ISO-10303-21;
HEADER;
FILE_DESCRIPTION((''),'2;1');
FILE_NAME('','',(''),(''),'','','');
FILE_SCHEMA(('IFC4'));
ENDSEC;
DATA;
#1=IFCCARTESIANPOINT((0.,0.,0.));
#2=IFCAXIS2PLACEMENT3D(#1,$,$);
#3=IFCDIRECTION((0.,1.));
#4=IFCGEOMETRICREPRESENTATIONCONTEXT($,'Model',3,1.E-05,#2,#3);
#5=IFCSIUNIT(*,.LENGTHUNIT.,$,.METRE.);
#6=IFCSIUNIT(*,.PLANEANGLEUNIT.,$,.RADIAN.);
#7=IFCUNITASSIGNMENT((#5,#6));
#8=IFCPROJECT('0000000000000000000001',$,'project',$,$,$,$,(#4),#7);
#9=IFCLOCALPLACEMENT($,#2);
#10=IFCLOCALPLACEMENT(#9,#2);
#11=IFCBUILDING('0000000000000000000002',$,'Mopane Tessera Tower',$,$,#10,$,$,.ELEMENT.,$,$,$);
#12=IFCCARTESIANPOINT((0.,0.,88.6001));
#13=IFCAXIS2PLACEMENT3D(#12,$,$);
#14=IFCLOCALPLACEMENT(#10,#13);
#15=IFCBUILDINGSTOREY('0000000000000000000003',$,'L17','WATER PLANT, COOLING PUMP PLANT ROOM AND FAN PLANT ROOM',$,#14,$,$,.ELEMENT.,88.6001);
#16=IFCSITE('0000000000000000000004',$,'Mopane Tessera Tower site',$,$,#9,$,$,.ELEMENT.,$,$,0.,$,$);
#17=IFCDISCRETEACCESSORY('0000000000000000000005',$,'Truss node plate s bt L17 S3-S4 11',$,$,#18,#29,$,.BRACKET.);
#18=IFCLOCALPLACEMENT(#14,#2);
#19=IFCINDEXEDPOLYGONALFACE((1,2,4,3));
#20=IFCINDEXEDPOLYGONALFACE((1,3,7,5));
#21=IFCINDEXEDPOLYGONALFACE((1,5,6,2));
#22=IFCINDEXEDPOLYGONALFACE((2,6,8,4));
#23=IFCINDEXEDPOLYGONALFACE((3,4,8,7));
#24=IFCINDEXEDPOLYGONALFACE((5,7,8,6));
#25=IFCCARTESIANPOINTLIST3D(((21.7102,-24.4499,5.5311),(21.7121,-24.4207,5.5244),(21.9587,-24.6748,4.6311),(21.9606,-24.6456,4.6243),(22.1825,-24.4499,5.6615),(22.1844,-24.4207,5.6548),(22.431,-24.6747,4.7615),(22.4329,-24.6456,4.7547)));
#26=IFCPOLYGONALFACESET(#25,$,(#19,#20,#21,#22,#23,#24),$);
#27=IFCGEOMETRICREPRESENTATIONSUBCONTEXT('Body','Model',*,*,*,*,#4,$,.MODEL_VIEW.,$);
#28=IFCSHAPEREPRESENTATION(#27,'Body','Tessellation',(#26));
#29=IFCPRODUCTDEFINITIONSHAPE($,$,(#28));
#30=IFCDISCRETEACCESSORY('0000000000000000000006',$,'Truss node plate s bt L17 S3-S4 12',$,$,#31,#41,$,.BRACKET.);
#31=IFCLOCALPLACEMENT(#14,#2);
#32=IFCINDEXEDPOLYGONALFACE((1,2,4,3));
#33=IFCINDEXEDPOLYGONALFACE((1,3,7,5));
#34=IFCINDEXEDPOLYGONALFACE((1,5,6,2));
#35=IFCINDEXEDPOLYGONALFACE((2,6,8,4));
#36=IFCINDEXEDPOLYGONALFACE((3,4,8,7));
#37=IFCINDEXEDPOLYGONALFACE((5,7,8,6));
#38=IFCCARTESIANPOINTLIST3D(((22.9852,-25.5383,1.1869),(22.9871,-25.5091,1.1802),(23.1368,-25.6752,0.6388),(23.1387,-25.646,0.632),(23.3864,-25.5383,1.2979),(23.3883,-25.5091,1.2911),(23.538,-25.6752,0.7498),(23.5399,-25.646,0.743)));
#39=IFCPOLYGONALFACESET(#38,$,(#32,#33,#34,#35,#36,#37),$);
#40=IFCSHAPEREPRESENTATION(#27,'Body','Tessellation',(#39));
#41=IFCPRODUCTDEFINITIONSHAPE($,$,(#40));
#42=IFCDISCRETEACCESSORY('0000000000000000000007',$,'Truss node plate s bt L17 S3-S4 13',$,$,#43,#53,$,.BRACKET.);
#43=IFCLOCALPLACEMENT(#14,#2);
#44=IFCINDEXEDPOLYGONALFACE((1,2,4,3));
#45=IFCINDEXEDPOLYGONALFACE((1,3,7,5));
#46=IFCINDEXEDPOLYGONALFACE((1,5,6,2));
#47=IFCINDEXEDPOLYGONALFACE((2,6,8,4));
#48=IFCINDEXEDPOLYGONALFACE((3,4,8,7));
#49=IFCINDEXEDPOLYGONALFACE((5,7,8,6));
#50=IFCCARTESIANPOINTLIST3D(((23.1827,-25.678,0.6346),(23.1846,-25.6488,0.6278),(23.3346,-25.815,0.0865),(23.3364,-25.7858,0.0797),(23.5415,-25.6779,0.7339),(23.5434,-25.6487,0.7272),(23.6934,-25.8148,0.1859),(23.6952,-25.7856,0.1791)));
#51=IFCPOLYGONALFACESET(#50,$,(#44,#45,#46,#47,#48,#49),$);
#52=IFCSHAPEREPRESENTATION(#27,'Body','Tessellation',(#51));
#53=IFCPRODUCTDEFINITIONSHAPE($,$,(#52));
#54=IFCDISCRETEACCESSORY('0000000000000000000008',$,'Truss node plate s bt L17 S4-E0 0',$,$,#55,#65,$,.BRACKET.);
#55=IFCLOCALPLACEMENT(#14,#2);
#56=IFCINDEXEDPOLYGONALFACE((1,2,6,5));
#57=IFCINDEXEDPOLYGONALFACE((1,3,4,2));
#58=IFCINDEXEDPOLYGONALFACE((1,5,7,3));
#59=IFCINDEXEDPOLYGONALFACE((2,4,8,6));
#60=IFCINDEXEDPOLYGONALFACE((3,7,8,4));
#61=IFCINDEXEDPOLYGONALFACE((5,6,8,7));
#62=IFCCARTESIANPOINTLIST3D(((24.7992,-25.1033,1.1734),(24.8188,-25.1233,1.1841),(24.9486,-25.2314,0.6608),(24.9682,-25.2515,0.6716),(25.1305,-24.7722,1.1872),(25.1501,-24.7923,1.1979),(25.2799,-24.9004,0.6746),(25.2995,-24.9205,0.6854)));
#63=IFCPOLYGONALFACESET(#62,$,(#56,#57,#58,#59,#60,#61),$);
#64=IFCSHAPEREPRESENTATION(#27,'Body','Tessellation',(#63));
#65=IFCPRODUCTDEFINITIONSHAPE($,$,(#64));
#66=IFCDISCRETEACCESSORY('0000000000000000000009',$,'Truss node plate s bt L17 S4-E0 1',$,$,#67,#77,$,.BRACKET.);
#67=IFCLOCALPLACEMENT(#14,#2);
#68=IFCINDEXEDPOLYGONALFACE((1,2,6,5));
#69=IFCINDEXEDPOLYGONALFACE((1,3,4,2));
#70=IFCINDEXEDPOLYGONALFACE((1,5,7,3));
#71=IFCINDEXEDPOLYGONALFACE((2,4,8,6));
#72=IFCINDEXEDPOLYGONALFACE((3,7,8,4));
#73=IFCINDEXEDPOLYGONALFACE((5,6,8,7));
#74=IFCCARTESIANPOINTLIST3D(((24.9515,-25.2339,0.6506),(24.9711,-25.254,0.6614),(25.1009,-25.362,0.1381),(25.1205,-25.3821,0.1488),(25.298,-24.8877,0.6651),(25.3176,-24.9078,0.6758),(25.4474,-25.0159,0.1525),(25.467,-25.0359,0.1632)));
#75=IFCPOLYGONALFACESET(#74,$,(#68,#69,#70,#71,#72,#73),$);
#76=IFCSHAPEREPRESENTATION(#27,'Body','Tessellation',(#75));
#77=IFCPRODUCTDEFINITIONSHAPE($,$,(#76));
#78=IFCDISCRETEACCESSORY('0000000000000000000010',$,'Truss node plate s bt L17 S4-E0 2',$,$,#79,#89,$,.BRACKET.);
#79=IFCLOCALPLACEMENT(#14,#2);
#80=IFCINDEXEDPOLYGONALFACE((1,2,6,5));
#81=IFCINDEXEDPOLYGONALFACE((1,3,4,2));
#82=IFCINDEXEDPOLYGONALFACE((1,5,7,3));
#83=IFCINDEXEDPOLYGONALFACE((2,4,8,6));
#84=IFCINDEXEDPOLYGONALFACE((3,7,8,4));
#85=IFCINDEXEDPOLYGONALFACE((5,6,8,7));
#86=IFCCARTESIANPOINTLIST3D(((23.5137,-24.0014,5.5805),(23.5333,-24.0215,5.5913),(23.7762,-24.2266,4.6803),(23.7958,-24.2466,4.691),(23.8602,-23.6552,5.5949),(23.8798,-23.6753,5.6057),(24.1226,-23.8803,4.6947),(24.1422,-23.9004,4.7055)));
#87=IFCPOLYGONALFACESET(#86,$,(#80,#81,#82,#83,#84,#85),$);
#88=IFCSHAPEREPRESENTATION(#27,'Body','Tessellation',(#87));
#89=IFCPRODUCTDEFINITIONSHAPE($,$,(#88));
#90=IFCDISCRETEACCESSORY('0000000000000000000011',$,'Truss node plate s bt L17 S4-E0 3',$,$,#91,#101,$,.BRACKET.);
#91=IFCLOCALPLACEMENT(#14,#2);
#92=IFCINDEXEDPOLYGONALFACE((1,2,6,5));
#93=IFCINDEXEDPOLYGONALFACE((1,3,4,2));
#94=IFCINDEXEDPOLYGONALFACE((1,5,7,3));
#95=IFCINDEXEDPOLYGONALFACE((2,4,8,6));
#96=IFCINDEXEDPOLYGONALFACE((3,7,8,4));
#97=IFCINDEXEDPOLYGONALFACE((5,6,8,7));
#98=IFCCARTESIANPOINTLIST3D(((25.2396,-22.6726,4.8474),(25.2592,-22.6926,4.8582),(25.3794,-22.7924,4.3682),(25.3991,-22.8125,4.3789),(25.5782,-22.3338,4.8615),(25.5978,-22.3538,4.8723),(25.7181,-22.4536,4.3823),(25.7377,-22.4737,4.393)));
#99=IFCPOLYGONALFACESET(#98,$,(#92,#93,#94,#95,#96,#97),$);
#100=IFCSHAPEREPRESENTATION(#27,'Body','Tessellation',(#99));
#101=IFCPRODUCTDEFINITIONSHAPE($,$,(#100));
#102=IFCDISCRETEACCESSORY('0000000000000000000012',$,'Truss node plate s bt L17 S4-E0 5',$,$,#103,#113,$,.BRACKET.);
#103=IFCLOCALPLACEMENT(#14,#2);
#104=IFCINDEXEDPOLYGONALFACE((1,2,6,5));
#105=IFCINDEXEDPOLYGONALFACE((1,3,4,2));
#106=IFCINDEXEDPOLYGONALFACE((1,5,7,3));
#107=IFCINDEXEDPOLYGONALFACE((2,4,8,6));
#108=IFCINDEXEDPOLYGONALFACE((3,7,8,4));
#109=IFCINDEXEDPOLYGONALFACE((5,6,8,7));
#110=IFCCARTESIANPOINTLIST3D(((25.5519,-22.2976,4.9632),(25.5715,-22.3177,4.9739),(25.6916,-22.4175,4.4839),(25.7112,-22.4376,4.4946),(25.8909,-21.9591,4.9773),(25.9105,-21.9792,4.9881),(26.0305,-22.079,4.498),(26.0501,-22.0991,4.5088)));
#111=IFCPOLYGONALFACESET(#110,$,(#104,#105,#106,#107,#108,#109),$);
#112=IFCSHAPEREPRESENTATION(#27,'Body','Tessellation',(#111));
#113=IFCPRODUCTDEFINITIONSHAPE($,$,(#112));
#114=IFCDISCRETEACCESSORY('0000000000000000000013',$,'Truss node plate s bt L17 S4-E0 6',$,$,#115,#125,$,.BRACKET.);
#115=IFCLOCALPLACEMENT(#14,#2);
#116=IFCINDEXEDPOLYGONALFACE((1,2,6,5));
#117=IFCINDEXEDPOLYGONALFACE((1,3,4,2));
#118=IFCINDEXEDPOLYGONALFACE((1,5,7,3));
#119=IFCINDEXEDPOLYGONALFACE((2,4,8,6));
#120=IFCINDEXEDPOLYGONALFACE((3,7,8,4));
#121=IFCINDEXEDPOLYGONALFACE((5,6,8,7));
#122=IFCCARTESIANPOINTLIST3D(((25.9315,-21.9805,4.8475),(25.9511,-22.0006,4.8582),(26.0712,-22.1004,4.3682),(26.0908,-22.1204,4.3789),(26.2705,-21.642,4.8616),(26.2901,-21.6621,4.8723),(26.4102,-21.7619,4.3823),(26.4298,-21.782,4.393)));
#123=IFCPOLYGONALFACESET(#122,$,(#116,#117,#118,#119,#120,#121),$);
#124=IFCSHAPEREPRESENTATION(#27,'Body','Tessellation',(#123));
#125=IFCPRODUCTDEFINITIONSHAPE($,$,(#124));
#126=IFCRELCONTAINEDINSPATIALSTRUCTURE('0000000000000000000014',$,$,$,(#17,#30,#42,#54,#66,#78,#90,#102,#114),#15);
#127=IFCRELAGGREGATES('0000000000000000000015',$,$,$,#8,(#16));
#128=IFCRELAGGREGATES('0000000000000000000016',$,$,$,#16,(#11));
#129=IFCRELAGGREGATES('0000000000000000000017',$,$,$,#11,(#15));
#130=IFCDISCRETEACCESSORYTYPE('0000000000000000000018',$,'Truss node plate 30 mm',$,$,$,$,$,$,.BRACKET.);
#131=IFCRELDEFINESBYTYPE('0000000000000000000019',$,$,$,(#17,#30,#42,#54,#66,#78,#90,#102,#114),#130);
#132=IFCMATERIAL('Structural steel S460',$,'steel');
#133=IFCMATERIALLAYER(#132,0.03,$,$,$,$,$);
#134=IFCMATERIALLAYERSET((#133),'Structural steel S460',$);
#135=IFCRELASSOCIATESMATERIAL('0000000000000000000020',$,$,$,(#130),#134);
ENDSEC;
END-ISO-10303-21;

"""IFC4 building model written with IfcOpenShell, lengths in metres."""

from ifc_helpers import new_model, si_unit, direction, frame, origin, origin_2d, place, context, subcontext, project, spatial, rectangle, extrude, material, layer, layer_set, type_object, element, save


model = new_model("IFC4")

# Units and contexts
model_context = context("Model", 3, precision=1e-05, world=origin(), true_north=direction((0.0, 1.0)))
body_context = subcontext(model_context, "Body", "Model", "MODEL_VIEW")
ifc_project = project(units=[si_unit("LENGTHUNIT", "METRE"), si_unit("PLANEANGLEUNIT", "RADIAN")], contexts=[model_context])

# Site, building, storey
site_placement = place(None, origin())
site = spatial("IfcSite", under=ifc_project, at=site_placement, Name="Mopane Tessera Tower site", CompositionType="ELEMENT", RefElevation=0.0)
building_placement = place(site_placement, origin())
building = spatial("IfcBuilding", under=site, at=building_placement, Name="Mopane Tessera Tower", CompositionType="ELEMENT")
storey_placement = place(building_placement, frame((0.0, 0.0, 88.6001)))
storey = spatial("IfcBuildingStorey", under=building, at=storey_placement, Name="L17", Description="WATER PLANT, COOLING PUMP PLANT ROOM AND FAN PLANT ROOM", CompositionType="ELEMENT", Elevation=88.6001)

# Discrete accessories
ifc_material_1 = material(Name="Structural steel S460", Category="steel")
ifc_layer_1 = layer(ifc_material_1, 0.03)
ifc_layer_set_1 = layer_set([ifc_layer_1], Name="Structural steel S460")
discrete_accessory_type_1 = type_object("IfcDiscreteAccessoryType", Name="Truss node plate 30 mm", PredefinedType="BRACKET", material=ifc_layer_set_1)
discrete_accessory_1_placement = place(storey_placement, frame((22.1958, -24.6602, 4.6929), z_axis=(-0.258751, 0.234096, 0.937148), x_axis=(0.062276, 0.972213, -0.225661)))
element("IfcDiscreteAccessory", 1, at=discrete_accessory_1_placement, inside=storey, type_object=discrete_accessory_type_1, Name="Truss node plate s bt L17 S3-S4 11", PredefinedType="BRACKET", context=body_context, shape_type="SweptSolid", body=[
    extrude(rectangle(XDim=0.03, YDim=0.49, at=origin_2d()), origin(), (0.0, 0.0, 1.0), 0.9604),
])
discrete_accessory_2_placement = place(storey_placement, frame((23.3384, -25.6606, 0.6909), z_axis=(-0.259192, 0.234149, 0.937013), x_axis=(0.062426, 0.972201, -0.225674)))
element("IfcDiscreteAccessory", 2, at=discrete_accessory_2_placement, inside=storey, type_object=discrete_accessory_type_1, Name="Truss node plate s bt L17 S3-S4 12", PredefinedType="BRACKET", context=body_context, shape_type="SweptSolid", body=[
    extrude(rectangle(XDim=0.03, YDim=0.4163, at=origin_2d()), origin(), (0.0, 0.0, 1.0), 0.585),
])
discrete_accessory_3_placement = place(storey_placement, frame((23.5149, -25.8003, 0.1328), z_axis=(-0.259581, 0.234124, 0.936912), x_axis=(0.062173, 0.972207, -0.225718)))
element("IfcDiscreteAccessory", 3, at=discrete_accessory_3_placement, inside=storey, type_object=discrete_accessory_type_1, Name="Truss node plate s bt L17 S3-S4 13", PredefinedType="BRACKET", context=body_context, shape_type="SweptSolid", body=[
    extrude(rectangle(XDim=0.03, YDim=0.3723, at=origin_2d()), origin(), (0.0, 0.0, 1.0), 0.585),
])
discrete_accessory_4_placement = place(storey_placement, frame((25.124, -25.0759, 0.6731), z_axis=(-0.272063, 0.233387, 0.933548), x_axis=(-0.652692, 0.66811, -0.357241)))
element("IfcDiscreteAccessory", 4, at=discrete_accessory_4_placement, inside=storey, type_object=discrete_accessory_type_1, Name="Truss node plate s bt L17 S4-E0 0", PredefinedType="BRACKET", context=body_context, shape_type="SweptSolid", body=[
    extrude(rectangle(XDim=0.03, YDim=0.4685, at=origin_2d()), origin(), (0.0, 0.0, 1.0), 0.5491),
])
discrete_accessory_5_placement = place(storey_placement, frame((25.2839, -25.199, 0.1506), z_axis=(-0.272063, 0.233387, 0.933548), x_axis=(-0.652692, 0.66811, -0.357241)))
element("IfcDiscreteAccessory", 5, at=discrete_accessory_5_placement, inside=storey, type_object=discrete_accessory_type_1, Name="Truss node plate s bt L17 S4-E0 1", PredefinedType="BRACKET", context=body_context, shape_type="SweptSolid", body=[
    extrude(rectangle(XDim=0.03, YDim=0.49, at=origin_2d()), origin(), (0.0, 0.0, 1.0), 0.5491),
])
discrete_accessory_6_placement = place(storey_placement, frame((23.9592, -24.0635, 4.6929), z_axis=(-0.272177, 0.233439, 0.933502), x_axis=(-0.652722, 0.668017, -0.357361)))
element("IfcDiscreteAccessory", 6, at=discrete_accessory_6_placement, inside=storey, type_object=discrete_accessory_type_1, Name="Truss node plate s bt L17 S4-E0 2", PredefinedType="BRACKET", context=body_context, shape_type="SweptSolid", body=[
    extrude(rectangle(XDim=0.03, YDim=0.49, at=origin_2d()), origin(), (0.0, 0.0, 1.0), 0.9644),
])
for number, where, z_axis, x_axis, name in (
    (7, (25.5586, -22.6331, 4.3806), (-0.272463, 0.233471, 0.93341), (-0.652954, 0.667664, -0.357598), "Truss node plate s bt L17 S4-E0 3"),
    (8, (25.8708, -22.2583, 4.4963), (-0.272022, 0.233502, 0.933531), (-0.652469, 0.668306, -0.357285), "Truss node plate s bt L17 S4-E0 5"),
    (9, (26.2505, -21.9412, 4.3806), (-0.272022, 0.233502, 0.933531), (-0.652469, 0.668306, -0.357285), "Truss node plate s bt L17 S4-E0 6"),
):
    element("IfcDiscreteAccessory", number, at=place(storey_placement, frame(where, z_axis=z_axis, x_axis=x_axis)), inside=storey, type_object=discrete_accessory_type_1, Name=name, PredefinedType="BRACKET", context=body_context, shape_type="SweptSolid", body=[
        extrude(rectangle(XDim=0.03, YDim=0.4792, at=origin_2d()), origin(), (0.0, 0.0, 1.0), 0.5134),
    ])

save(model, "model.ifc")
